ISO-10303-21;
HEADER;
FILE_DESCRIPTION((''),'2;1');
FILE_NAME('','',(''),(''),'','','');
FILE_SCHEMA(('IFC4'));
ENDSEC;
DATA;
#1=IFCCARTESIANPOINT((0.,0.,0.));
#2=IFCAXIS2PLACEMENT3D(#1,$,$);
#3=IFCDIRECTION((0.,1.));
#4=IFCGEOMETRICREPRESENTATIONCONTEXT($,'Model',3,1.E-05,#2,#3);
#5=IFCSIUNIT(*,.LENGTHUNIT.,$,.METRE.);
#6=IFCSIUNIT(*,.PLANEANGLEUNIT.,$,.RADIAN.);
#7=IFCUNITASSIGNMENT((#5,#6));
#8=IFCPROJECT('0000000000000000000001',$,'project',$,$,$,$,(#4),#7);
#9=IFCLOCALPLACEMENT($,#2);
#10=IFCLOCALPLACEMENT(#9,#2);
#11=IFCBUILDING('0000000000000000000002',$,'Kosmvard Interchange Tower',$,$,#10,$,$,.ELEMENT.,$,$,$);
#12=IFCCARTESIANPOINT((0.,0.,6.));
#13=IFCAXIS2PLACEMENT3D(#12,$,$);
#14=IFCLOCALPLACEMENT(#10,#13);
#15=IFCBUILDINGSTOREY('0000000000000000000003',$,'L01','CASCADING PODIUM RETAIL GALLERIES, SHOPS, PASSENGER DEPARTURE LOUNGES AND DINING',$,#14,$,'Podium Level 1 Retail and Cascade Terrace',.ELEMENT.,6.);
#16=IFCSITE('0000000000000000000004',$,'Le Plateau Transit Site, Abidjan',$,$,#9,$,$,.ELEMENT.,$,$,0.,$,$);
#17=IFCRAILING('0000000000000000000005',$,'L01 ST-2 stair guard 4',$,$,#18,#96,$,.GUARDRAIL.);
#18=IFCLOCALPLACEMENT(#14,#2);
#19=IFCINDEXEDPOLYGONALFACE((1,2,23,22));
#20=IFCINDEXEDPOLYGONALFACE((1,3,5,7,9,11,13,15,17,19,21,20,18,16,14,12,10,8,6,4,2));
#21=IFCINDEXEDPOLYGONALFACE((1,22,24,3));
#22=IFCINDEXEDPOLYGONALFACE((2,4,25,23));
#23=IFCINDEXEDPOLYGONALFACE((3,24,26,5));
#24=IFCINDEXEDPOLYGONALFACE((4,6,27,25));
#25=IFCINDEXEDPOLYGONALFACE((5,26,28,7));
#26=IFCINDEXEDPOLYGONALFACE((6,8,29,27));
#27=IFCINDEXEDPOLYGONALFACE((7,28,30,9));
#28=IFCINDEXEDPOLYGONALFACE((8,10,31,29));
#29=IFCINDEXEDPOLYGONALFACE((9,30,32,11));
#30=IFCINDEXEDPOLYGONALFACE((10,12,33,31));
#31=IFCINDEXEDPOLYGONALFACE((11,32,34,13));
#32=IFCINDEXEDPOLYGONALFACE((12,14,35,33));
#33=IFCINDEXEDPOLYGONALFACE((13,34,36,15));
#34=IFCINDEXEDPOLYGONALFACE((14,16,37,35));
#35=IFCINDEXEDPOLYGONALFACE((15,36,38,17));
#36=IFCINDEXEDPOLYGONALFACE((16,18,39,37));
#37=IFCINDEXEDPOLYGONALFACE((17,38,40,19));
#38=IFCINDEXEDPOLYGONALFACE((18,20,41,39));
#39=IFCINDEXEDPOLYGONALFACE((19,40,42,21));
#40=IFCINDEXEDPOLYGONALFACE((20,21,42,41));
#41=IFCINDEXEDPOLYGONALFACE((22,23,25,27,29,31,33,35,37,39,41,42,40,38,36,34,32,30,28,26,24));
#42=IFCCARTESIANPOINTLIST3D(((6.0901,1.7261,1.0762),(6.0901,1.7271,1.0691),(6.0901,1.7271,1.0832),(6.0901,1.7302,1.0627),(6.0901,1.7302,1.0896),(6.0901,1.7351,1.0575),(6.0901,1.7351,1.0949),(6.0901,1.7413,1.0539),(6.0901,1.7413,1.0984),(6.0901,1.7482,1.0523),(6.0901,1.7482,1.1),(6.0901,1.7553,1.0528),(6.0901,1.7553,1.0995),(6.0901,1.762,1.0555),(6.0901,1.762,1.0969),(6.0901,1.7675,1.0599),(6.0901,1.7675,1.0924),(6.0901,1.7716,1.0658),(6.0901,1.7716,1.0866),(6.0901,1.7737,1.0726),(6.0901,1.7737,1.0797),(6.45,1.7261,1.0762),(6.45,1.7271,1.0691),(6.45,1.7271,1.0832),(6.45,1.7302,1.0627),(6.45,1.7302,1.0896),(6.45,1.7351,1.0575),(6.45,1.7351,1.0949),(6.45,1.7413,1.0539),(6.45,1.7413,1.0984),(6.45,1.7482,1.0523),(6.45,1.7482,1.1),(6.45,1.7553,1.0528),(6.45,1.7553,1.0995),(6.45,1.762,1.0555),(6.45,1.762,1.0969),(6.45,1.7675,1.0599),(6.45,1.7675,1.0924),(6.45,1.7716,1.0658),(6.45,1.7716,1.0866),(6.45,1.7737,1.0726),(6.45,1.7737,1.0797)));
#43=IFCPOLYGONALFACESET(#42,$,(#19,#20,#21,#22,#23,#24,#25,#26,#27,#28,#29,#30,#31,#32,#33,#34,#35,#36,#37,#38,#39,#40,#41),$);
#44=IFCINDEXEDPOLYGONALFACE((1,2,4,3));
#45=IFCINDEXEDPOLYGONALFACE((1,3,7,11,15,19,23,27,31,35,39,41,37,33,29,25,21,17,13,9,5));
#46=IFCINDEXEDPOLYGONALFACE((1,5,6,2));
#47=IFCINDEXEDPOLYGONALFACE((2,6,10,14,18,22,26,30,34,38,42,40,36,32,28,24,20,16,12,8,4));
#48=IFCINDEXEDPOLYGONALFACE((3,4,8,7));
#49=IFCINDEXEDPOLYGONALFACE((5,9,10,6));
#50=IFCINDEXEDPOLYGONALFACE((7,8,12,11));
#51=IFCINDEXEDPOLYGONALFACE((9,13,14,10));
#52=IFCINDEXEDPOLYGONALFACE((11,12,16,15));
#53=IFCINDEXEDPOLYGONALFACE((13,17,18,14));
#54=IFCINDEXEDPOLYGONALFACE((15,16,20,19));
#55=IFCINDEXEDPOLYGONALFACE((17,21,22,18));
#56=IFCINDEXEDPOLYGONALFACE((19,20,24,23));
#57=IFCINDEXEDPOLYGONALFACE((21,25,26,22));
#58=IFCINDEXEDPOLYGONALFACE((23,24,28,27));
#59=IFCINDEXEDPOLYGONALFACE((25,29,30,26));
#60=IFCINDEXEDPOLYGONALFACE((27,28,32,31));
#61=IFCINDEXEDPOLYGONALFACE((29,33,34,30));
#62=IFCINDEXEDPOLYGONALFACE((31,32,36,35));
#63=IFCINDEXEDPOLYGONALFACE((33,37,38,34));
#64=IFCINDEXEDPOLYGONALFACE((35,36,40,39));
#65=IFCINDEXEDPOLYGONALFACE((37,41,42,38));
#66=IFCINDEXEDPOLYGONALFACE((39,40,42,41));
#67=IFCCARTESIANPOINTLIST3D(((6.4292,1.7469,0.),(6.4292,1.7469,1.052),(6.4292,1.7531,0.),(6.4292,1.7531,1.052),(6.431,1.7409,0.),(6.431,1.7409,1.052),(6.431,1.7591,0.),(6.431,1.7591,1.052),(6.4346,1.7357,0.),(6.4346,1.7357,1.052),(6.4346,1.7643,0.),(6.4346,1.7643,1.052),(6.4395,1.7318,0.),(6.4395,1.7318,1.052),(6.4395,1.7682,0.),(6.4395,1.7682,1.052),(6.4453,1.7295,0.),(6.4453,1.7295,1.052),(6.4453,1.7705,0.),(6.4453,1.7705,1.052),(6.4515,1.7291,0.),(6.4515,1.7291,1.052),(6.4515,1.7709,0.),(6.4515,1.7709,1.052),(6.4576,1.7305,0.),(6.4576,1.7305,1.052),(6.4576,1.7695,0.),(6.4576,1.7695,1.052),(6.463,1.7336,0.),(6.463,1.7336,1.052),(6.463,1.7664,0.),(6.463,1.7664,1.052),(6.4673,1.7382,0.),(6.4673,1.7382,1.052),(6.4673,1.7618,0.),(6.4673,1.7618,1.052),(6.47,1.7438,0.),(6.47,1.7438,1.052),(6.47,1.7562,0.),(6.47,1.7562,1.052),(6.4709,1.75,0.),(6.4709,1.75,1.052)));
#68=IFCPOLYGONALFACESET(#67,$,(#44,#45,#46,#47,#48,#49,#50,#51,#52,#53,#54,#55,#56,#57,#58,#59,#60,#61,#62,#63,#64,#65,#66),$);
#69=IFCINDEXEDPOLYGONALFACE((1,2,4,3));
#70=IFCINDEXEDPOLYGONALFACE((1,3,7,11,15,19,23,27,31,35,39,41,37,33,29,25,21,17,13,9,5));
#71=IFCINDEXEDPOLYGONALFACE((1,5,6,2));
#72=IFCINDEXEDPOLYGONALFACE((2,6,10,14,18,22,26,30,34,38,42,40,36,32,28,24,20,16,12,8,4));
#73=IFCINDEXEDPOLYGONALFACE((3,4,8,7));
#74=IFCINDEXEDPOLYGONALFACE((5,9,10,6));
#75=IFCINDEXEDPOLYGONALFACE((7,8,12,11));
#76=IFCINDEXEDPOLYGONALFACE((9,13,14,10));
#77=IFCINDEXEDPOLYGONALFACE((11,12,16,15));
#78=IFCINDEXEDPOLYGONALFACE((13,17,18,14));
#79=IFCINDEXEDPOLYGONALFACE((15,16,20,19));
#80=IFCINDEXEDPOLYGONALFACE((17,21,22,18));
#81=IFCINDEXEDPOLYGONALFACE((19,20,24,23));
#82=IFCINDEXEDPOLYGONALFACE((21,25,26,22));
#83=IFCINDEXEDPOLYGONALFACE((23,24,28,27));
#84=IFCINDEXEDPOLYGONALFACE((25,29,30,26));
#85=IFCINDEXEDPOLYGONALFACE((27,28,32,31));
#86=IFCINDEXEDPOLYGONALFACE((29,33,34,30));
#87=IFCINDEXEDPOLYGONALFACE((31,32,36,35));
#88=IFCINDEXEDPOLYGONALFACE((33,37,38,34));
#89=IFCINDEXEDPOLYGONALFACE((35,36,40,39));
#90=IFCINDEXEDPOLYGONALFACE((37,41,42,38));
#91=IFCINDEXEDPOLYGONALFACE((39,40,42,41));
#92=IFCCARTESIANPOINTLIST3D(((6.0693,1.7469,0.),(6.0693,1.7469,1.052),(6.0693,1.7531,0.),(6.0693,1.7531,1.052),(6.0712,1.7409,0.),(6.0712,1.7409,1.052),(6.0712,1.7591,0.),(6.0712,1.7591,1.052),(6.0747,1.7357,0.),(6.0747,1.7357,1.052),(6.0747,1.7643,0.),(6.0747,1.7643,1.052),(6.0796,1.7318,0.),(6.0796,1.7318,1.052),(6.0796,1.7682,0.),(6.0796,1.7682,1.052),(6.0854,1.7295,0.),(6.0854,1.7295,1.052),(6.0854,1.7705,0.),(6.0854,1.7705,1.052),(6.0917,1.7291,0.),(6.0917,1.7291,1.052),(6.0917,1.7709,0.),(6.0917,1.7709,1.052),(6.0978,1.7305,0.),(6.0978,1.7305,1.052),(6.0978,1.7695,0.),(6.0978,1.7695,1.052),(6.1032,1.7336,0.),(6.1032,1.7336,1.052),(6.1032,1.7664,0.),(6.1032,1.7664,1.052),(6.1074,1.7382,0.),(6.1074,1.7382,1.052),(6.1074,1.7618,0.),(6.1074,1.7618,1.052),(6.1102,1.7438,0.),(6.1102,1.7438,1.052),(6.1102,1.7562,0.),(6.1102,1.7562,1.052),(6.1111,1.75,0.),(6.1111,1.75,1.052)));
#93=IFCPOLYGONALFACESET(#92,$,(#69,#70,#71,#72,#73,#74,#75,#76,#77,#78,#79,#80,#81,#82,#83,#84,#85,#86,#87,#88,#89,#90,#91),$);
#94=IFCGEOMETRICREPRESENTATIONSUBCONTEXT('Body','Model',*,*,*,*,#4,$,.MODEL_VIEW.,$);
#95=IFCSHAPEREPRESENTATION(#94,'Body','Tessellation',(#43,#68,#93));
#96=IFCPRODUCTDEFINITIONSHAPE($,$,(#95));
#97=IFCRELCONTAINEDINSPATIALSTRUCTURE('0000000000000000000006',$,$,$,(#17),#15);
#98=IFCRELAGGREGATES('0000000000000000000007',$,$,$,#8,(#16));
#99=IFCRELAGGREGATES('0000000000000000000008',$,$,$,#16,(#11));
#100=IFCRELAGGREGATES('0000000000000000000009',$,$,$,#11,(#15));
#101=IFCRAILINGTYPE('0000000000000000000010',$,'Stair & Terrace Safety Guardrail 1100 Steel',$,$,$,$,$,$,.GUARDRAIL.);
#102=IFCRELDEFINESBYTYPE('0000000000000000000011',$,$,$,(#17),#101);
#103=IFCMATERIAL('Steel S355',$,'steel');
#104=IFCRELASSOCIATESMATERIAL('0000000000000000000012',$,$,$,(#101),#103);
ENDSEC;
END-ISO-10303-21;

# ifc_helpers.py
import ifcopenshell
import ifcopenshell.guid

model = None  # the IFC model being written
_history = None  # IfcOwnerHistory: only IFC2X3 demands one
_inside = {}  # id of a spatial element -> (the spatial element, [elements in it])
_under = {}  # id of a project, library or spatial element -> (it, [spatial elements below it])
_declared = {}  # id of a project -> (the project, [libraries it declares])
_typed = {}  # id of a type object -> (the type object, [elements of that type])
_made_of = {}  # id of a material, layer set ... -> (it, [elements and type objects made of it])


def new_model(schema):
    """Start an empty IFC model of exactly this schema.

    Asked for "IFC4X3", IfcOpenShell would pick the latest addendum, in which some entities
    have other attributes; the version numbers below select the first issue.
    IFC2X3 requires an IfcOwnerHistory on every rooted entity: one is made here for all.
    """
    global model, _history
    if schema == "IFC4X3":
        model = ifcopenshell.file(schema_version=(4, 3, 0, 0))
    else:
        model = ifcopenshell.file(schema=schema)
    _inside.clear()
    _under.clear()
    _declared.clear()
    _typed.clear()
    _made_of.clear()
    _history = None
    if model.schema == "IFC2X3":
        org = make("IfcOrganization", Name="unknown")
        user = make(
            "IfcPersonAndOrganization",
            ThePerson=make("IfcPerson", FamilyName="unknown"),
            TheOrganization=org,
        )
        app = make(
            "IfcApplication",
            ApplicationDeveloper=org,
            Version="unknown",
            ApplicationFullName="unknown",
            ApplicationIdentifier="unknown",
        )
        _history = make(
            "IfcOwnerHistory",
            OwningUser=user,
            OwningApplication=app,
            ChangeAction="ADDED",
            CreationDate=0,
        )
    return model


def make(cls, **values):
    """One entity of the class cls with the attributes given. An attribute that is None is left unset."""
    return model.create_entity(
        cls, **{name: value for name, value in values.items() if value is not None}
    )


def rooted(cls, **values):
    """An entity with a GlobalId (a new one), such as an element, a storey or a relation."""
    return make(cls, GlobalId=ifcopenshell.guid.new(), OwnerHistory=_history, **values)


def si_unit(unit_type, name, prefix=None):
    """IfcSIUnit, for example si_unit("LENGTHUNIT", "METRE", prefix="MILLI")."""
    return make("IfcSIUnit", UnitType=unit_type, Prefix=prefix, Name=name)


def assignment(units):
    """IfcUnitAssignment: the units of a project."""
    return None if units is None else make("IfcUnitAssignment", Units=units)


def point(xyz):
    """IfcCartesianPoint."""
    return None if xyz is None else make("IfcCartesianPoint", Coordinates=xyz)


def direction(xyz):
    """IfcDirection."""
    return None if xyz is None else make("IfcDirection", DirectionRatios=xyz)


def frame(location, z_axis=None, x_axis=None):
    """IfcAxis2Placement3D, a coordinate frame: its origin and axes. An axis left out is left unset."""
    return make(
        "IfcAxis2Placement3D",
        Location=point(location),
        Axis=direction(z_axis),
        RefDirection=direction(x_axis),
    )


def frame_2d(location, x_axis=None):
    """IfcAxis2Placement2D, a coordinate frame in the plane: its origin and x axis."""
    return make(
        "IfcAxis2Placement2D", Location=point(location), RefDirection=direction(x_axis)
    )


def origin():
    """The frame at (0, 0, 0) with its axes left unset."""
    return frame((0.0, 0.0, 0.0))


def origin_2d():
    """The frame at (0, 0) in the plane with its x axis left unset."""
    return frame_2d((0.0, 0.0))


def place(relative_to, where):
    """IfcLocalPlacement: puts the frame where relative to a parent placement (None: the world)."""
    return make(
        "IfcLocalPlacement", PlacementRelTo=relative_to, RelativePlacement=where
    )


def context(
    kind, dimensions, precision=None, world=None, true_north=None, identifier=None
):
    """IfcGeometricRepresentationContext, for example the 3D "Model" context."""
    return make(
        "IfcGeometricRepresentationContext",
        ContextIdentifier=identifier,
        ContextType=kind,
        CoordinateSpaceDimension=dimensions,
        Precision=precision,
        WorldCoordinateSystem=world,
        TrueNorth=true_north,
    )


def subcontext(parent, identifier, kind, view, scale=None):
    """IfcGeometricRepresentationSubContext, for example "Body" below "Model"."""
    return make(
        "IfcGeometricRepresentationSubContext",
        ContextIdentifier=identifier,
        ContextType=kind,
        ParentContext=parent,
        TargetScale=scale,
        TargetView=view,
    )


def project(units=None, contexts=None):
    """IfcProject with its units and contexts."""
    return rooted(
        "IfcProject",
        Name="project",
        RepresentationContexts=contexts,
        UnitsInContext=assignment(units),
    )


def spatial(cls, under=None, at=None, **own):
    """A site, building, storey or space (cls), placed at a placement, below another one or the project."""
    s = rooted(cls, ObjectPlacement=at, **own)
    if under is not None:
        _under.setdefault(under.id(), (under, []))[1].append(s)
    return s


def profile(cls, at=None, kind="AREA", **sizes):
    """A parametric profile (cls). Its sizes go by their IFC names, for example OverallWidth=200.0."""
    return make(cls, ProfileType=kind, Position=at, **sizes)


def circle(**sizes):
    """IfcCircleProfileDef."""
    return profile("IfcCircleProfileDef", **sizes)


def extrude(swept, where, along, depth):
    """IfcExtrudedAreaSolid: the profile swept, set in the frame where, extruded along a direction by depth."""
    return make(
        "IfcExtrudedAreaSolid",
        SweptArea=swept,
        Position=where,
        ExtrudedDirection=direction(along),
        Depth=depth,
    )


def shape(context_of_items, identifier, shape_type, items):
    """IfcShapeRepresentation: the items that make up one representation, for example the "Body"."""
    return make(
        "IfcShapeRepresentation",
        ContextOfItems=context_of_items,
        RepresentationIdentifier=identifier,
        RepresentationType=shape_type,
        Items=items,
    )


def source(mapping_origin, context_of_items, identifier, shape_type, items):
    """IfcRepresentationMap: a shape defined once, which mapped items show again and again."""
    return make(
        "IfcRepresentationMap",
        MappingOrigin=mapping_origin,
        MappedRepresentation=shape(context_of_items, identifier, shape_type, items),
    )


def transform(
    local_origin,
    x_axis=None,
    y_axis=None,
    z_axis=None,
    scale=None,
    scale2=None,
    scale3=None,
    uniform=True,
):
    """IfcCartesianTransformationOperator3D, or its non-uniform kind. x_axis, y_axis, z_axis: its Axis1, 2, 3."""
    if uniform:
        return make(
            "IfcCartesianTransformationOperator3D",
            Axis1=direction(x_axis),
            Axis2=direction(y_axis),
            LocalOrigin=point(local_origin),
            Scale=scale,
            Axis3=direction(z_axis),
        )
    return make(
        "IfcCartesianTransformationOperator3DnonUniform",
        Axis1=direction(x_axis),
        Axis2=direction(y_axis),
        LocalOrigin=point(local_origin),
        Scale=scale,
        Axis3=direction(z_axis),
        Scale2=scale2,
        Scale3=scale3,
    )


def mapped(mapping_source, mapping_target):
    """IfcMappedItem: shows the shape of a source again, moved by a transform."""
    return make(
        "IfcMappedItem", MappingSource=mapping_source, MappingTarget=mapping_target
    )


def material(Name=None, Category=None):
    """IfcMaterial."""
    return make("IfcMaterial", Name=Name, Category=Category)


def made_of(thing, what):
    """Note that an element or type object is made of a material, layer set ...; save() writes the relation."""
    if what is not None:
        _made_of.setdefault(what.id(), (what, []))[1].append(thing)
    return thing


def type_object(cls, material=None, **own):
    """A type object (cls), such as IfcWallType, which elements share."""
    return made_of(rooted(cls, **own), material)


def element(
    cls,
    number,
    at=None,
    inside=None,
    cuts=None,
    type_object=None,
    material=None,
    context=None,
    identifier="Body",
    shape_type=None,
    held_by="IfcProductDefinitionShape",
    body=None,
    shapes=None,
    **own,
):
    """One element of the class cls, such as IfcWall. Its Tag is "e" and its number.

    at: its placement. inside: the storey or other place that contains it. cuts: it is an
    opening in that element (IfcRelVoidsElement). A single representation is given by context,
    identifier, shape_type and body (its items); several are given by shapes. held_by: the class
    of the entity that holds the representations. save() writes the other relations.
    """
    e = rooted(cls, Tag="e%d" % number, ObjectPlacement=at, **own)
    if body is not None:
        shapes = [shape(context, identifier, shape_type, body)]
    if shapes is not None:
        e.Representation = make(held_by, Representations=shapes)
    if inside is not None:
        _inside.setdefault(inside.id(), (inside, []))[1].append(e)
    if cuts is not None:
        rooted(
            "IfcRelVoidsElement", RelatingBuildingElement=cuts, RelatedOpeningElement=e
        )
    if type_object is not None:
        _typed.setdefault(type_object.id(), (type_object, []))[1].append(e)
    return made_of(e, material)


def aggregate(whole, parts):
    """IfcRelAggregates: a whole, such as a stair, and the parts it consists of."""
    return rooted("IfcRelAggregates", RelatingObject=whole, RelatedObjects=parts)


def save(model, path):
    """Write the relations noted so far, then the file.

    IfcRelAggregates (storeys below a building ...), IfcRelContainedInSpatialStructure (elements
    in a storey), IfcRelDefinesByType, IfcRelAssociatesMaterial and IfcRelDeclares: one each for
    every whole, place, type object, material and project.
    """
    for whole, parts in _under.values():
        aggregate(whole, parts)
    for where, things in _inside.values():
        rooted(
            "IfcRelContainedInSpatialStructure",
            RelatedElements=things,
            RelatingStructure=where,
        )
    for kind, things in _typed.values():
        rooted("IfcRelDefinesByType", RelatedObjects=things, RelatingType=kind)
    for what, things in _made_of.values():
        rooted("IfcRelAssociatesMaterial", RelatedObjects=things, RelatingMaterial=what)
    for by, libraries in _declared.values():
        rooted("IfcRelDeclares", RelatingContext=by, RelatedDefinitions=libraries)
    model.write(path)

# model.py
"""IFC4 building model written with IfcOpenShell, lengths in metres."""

from ifc_helpers import new_model, si_unit, direction, frame, origin, origin_2d, place, context, subcontext, project, spatial, circle, extrude, source, transform, mapped, material, type_object, element, save


model = new_model("IFC4")

# Units and contexts
model_context = context("Model", 3, precision=1e-05, world=origin(), true_north=direction((0.0, 1.0)))
body_context = subcontext(model_context, "Body", "Model", "MODEL_VIEW")
ifc_project = project(units=[si_unit("LENGTHUNIT", "METRE"), si_unit("PLANEANGLEUNIT", "RADIAN")], contexts=[model_context])

# Site, building, storey
site_placement = place(None, origin())
site = spatial("IfcSite", under=ifc_project, at=site_placement, Name="Le Plateau Transit Site, Abidjan", CompositionType="ELEMENT", RefElevation=0.0)
building_placement = place(site_placement, origin())
building = spatial("IfcBuilding", under=site, at=building_placement, Name="Kosmvard Interchange Tower", CompositionType="ELEMENT")
storey_placement = place(building_placement, frame((0.0, 0.0, 6.0)))
storey = spatial("IfcBuildingStorey", under=building, at=storey_placement, Name="L01", Description="CASCADING PODIUM RETAIL GALLERIES, SHOPS, PASSENGER DEPARTURE LOUNGES AND DINING", LongName="Podium Level 1 Retail and Cascade Terrace", CompositionType="ELEMENT", Elevation=6.0)

# Shared definitions
ifc_material_1 = material(Name="Steel S355", Category="steel")

# Railing
railing_type_1 = type_object("IfcRailingType", Name="Stair & Terrace Safety Guardrail 1100 Steel", PredefinedType="GUARDRAIL", material=ifc_material_1)
shared_shape_1 = source(origin(), body_context, "Body", "SweptSolid", [
    extrude(circle(Radius=0.0239, at=origin_2d()), frame((0.0, 0.0, 1.0762), z_axis=(-1.0, 0.0, 0.0), x_axis=(0.0, -1.0, 0.0)), (0.0, 0.0, 1.0), 0.3599),
    extrude(circle(Radius=0.021, at=origin_2d()), origin(), (0.0, 0.0, 1.0), 1.052),
    extrude(circle(Radius=0.021, at=origin_2d()), frame((-0.3599, 0.0, 0.0)), (0.0, 0.0, 1.0), 1.052),
])
for number, where, name in (
    (1, (6.45, 1.75, 0.0), "L01 ST-2 stair guard 4"),
):
    element("IfcRailing", number, at=place(storey_placement, frame(where)), inside=storey, type_object=railing_type_1, Name=name, PredefinedType="GUARDRAIL", context=body_context, shape_type="MappedRepresentation", body=[
        mapped(shared_shape_1, transform((0.0, 0.0, 0.0), scale=1.0)),
    ])

save(model, "model.ifc")
